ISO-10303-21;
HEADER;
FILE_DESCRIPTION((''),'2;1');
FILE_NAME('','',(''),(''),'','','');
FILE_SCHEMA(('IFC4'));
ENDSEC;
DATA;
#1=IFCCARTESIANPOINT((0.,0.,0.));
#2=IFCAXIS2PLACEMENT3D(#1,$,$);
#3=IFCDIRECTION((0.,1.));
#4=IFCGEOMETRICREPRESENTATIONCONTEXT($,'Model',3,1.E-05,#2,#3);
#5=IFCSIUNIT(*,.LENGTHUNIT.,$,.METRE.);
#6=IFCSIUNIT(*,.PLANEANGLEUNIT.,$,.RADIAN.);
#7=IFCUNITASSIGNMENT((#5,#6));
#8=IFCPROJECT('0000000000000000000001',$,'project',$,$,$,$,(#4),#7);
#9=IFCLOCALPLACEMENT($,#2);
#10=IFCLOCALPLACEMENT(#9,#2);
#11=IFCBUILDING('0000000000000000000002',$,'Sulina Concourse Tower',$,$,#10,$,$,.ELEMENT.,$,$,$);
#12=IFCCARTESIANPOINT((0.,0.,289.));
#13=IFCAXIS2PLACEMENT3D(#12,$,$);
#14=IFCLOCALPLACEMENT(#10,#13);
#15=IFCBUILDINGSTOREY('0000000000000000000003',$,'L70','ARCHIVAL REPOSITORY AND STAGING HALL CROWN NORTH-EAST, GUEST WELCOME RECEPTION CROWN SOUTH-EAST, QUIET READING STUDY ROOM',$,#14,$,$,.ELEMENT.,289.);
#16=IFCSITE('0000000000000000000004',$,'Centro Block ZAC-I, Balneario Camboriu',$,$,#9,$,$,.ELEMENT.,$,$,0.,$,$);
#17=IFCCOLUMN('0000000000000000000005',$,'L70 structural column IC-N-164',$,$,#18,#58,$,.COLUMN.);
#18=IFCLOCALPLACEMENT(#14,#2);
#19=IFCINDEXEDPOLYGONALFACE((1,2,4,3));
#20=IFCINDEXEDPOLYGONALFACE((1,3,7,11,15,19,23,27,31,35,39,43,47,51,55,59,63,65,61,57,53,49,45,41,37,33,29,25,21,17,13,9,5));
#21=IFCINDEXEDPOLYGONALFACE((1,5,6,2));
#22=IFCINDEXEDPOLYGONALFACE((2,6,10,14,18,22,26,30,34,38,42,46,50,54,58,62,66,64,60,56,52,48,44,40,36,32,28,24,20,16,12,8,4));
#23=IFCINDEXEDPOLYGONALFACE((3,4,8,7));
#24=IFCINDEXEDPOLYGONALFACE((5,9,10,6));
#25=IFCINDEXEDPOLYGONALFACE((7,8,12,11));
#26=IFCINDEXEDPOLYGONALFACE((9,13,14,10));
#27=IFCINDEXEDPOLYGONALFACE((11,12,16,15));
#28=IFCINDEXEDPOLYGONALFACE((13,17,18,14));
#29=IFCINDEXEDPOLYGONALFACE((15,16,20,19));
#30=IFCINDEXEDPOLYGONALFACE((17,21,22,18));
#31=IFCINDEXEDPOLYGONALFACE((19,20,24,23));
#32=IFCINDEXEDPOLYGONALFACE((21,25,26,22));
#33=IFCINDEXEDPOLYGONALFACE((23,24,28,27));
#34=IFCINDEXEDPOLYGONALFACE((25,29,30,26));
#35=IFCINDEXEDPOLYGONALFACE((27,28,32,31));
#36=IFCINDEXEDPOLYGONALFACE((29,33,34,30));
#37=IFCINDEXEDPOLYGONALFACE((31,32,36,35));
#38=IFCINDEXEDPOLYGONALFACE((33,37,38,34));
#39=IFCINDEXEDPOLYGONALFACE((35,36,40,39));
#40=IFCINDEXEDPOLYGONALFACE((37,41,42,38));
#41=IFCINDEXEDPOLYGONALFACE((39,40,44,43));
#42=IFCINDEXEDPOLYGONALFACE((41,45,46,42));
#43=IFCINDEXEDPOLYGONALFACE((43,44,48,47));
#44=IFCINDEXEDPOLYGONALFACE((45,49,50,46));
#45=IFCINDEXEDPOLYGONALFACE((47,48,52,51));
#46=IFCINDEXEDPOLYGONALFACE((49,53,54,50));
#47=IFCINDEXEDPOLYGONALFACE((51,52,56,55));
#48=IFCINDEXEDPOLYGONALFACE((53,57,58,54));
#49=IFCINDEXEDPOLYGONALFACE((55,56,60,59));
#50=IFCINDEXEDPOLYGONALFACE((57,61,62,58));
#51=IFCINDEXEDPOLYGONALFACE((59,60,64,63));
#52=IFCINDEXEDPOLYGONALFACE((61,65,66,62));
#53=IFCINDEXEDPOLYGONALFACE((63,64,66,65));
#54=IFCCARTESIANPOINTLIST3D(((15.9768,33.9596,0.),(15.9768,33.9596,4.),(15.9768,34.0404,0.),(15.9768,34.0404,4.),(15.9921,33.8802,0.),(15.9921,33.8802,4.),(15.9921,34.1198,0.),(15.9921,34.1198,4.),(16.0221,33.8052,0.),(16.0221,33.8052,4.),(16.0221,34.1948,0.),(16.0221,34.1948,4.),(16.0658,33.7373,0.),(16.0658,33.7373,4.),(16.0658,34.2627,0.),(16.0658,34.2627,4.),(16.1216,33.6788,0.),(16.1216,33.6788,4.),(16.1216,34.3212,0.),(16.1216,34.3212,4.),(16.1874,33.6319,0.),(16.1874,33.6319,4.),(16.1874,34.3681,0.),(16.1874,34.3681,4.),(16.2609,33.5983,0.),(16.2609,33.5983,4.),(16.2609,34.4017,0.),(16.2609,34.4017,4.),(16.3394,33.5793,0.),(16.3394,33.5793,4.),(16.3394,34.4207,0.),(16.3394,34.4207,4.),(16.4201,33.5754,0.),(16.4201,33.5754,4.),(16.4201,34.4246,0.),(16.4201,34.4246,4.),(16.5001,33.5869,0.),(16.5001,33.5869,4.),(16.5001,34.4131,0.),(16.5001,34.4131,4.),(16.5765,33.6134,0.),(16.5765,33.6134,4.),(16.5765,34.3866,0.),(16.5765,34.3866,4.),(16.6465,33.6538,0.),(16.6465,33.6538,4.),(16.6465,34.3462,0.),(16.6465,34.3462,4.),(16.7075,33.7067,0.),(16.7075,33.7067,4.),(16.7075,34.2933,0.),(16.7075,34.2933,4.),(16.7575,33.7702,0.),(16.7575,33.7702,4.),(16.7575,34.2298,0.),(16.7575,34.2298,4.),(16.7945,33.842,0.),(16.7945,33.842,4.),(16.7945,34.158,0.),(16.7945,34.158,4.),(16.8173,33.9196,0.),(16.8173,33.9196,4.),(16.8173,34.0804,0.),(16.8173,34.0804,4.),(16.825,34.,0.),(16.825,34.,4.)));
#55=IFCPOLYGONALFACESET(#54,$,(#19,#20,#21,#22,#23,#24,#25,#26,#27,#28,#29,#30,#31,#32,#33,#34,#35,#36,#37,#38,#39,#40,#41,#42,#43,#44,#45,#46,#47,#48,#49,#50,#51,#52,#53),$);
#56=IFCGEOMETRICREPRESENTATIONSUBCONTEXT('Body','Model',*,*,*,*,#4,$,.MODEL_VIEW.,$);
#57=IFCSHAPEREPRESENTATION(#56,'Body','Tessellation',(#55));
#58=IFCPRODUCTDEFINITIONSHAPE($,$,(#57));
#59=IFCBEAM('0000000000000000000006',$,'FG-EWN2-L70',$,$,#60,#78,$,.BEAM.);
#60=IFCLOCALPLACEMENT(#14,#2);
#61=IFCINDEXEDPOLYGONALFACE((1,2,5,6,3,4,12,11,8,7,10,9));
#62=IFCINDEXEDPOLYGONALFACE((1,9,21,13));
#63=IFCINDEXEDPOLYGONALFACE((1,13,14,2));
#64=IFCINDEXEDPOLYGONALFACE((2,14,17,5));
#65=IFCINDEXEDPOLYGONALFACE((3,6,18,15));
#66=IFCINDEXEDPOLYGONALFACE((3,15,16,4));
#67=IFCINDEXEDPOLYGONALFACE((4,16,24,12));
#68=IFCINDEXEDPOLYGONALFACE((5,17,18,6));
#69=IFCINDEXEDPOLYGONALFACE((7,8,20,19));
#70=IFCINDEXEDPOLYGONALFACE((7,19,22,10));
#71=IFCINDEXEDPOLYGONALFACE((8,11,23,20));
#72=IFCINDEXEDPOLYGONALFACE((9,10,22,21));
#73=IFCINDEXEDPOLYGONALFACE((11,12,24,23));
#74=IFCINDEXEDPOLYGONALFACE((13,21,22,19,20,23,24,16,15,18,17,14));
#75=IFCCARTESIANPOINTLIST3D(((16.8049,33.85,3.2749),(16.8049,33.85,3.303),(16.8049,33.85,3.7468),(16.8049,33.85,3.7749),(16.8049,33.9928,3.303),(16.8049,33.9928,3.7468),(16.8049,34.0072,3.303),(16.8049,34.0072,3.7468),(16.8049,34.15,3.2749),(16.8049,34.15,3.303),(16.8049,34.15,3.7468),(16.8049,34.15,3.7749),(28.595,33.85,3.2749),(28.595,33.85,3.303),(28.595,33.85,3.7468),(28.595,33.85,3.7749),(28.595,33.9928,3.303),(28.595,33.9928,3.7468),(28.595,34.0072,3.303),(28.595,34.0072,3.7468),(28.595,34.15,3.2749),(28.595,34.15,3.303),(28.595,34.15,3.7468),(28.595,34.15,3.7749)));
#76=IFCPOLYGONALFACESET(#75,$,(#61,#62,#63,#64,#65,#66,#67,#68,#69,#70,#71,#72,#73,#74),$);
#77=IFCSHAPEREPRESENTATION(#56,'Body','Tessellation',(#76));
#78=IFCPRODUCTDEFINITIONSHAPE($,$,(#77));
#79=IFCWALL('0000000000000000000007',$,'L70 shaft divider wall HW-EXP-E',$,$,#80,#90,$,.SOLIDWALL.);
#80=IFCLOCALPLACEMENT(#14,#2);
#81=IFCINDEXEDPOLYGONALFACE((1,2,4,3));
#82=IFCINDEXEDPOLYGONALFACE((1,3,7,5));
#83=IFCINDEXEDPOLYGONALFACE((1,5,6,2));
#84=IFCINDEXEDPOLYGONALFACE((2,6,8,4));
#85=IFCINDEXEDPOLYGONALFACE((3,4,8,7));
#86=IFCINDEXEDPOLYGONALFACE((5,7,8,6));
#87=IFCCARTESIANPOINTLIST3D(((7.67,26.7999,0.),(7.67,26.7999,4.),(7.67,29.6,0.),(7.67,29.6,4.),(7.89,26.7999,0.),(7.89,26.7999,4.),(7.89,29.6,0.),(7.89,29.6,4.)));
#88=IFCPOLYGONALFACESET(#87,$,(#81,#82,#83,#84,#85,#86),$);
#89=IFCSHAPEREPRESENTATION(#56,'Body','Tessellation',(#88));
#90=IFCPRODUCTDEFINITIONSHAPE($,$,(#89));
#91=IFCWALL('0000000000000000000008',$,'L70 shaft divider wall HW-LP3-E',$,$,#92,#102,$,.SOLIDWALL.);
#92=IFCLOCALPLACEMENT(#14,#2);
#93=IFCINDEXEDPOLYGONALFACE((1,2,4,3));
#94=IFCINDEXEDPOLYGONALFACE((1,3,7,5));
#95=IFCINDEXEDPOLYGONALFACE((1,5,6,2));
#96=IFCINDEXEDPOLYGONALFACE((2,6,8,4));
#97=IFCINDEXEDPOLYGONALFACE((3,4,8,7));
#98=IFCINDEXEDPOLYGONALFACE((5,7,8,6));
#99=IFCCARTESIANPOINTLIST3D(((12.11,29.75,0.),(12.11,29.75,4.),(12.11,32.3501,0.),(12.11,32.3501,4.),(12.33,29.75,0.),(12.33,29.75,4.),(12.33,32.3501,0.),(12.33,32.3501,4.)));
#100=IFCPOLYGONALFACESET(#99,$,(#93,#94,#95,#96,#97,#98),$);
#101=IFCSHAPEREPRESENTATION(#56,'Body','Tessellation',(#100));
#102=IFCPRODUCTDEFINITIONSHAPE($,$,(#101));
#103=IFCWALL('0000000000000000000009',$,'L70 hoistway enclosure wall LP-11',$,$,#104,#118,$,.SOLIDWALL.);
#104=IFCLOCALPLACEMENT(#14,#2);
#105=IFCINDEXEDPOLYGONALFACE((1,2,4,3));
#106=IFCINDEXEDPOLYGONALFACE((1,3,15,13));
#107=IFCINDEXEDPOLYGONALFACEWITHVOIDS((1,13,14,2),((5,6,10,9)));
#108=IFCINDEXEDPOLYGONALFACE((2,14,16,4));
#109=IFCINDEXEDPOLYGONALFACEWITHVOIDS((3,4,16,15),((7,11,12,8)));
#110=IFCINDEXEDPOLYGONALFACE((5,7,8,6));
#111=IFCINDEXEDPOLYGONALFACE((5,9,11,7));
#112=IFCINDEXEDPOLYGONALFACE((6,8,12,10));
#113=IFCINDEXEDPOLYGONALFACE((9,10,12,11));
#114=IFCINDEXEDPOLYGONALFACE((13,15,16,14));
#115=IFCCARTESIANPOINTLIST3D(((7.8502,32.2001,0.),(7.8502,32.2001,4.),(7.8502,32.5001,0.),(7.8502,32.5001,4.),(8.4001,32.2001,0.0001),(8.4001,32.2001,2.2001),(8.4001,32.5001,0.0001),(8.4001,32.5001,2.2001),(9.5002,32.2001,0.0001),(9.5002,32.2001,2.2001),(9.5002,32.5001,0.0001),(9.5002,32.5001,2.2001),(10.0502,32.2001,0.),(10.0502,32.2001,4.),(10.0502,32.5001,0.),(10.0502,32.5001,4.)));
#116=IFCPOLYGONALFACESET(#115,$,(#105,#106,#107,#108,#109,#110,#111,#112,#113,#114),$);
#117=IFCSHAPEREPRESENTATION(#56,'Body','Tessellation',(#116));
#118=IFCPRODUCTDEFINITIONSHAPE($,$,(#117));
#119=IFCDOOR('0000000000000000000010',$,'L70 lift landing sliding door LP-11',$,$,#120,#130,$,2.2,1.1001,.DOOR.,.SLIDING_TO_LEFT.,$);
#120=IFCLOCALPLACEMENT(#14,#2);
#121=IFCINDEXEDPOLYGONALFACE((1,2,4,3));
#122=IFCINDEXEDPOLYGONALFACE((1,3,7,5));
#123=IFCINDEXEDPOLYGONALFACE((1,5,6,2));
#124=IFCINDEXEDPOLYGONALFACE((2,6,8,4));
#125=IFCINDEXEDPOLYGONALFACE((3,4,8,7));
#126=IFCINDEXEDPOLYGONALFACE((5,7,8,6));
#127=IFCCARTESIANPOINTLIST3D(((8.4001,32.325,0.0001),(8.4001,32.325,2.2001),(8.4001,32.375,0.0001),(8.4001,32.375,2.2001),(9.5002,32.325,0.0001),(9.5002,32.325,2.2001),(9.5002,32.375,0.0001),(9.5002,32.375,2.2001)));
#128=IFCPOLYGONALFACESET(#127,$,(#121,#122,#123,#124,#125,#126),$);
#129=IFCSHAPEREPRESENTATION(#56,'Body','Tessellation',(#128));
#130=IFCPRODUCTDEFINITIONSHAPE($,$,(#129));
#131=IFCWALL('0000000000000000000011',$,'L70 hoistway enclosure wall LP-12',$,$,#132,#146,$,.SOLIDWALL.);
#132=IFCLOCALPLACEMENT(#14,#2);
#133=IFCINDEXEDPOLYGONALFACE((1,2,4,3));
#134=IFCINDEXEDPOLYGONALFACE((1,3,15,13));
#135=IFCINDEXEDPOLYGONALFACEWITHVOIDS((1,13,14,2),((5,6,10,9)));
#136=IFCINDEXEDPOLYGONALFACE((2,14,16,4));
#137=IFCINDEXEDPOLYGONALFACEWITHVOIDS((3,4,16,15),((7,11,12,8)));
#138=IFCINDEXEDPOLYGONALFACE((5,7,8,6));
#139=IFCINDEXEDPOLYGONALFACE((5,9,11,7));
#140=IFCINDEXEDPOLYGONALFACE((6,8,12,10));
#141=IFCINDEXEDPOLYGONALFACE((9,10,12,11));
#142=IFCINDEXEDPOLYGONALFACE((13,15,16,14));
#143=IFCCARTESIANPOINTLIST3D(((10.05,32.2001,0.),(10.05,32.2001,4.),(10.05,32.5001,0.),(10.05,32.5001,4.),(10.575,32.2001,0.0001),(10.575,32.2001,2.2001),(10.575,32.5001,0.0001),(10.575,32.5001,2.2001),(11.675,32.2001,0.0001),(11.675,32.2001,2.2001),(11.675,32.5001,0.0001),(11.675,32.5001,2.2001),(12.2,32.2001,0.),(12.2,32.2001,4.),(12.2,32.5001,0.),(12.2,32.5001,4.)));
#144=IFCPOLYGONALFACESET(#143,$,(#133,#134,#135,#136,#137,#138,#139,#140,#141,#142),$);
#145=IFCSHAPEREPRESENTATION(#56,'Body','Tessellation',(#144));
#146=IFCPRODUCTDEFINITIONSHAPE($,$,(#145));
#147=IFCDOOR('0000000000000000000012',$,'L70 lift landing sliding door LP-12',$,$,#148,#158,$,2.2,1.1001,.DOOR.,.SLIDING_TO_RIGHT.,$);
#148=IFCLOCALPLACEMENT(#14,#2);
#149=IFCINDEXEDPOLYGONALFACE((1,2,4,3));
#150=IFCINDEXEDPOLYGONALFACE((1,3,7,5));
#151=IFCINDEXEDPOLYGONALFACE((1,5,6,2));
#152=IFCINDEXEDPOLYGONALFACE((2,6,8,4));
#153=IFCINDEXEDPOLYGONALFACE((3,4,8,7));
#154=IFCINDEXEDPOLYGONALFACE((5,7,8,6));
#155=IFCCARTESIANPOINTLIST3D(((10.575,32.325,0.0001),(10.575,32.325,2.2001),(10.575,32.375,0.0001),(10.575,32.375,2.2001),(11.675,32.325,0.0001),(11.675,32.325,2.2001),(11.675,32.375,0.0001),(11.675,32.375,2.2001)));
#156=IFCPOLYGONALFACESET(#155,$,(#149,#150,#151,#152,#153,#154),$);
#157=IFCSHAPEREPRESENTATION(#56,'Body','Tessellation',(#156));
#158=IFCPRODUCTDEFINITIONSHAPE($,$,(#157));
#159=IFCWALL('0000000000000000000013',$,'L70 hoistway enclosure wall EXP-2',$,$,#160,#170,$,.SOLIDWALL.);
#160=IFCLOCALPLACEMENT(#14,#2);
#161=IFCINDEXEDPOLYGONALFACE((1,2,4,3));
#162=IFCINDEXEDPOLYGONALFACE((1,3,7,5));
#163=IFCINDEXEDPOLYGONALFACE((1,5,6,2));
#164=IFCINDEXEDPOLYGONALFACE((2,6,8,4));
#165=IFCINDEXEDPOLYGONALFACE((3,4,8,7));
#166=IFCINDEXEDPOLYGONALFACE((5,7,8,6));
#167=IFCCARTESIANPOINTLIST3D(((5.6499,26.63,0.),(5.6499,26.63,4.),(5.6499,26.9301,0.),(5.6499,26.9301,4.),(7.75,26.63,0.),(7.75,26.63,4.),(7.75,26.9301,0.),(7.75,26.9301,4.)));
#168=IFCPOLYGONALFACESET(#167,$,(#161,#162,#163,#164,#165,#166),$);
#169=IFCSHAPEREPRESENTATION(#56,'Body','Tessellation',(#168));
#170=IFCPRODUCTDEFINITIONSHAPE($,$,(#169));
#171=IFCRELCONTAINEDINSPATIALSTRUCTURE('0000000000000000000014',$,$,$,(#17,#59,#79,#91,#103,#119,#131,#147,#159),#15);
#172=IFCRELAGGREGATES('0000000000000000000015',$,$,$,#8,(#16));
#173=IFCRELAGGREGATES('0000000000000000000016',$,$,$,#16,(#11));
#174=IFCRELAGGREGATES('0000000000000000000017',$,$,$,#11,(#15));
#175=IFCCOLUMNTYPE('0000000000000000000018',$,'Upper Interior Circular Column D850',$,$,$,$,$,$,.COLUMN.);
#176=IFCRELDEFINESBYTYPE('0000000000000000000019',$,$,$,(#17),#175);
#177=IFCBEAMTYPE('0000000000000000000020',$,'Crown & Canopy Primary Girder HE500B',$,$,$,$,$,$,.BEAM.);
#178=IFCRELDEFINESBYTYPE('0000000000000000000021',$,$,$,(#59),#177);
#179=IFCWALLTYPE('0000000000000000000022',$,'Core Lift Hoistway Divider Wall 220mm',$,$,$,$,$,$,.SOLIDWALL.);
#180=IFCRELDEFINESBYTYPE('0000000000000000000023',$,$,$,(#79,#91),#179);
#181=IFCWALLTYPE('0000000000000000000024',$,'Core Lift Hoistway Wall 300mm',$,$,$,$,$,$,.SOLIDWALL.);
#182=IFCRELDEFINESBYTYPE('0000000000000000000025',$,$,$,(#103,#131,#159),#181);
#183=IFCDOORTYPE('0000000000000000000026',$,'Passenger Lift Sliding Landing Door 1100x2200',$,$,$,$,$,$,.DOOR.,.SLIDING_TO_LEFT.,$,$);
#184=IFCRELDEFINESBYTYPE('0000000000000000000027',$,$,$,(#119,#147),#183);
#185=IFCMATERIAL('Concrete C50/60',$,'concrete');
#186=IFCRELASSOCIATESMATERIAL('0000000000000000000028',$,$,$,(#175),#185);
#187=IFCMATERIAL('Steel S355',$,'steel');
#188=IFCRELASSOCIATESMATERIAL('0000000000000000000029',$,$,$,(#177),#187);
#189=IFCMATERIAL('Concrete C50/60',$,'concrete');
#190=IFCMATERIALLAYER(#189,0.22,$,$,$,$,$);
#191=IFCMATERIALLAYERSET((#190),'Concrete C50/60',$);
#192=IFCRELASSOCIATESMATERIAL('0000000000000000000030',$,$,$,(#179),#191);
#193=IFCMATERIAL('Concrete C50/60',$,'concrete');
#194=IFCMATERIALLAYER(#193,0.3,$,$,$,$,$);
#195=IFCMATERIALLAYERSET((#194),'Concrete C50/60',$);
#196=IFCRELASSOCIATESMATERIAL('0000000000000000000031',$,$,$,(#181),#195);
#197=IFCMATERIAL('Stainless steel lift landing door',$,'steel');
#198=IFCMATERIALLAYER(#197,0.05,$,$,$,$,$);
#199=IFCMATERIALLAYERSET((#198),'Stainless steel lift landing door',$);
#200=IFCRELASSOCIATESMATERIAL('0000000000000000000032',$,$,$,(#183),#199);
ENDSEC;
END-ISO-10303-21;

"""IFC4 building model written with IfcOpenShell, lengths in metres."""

from ifc_helpers import new_model, si_unit, direction, frame, frame_2d, origin, origin_2d, place, context, subcontext, project, spatial, rectangle, circle, i_section, extrude, material, layer, layer_set, material_profile, profile_set, type_object, element, fill, save


model = new_model("IFC4")

# Units and contexts
model_context = context("Model", 3, precision=1e-05, world=origin(), true_north=direction((0.0, 1.0)))
body_context = subcontext(model_context, "Body", "Model", "MODEL_VIEW")
ifc_project = project(units=[si_unit("LENGTHUNIT", "METRE"), si_unit("PLANEANGLEUNIT", "RADIAN")], contexts=[model_context])

# Site, building, storey
site_placement = place(None, origin())
site = spatial("IfcSite", under=ifc_project, at=site_placement, Name="Centro Block ZAC-I, Balneario Camboriu", CompositionType="ELEMENT", RefElevation=0.0)
building_placement = place(site_placement, origin())
building = spatial("IfcBuilding", under=site, at=building_placement, Name="Sulina Concourse Tower", CompositionType="ELEMENT")
storey_placement = place(building_placement, frame((0.0, 0.0, 289.0)))
storey = spatial("IfcBuildingStorey", under=building, at=storey_placement, Name="L70", Description="ARCHIVAL REPOSITORY AND STAGING HALL CROWN NORTH-EAST, GUEST WELCOME RECEPTION CROWN SOUTH-EAST, QUIET READING STUDY ROOM", CompositionType="ELEMENT", Elevation=289.0)

# Column
ifc_material_1 = material(Name="Concrete C50/60", Category="concrete")
ifc_material_profile_1 = material_profile(ifc_material_1, circle(Radius=0.425, at=origin_2d()), Name="RC D850")
ifc_profile_set_1 = profile_set([ifc_material_profile_1], Name="Concrete C50/60")
column_type = type_object("IfcColumnType", Name="Upper Interior Circular Column D850", PredefinedType="COLUMN", material=ifc_profile_set_1)
column_placement = place(storey_placement, frame((16.3999, 34.0, 0.0), z_axis=(0.0, 0.0, 1.0), x_axis=(1.0, 0.0, 0.0)))
element("IfcColumn", 1, at=column_placement, inside=storey, type_object=column_type, Name="L70 structural column IC-N-164", PredefinedType="COLUMN", context=body_context, shape_type="SweptSolid", body=[
    extrude(circle(Radius=0.425, at=origin_2d()), origin(), (0.0, 0.0, 1.0), 4.0),
])

# Beam
ifc_material_2 = material(Name="Steel S355", Category="steel")
ifc_material_profile_2 = material_profile(ifc_material_2, i_section(OverallWidth=0.3, OverallDepth=0.5, WebThickness=0.0144, FlangeThickness=0.0281, at=origin_2d()), Name="HE 500 B")
ifc_profile_set_2 = profile_set([ifc_material_profile_2], Name="Steel S355")
beam_type = type_object("IfcBeamType", Name="Crown & Canopy Primary Girder HE500B", PredefinedType="BEAM", material=ifc_profile_set_2)
beam_placement = place(storey_placement, frame((16.8049, 34.0, 3.5249), z_axis=(1.0, 0.0, 0.0), x_axis=(0.0, 1.0, 0.0)))
element("IfcBeam", 2, at=beam_placement, inside=storey, type_object=beam_type, Name="FG-EWN2-L70", PredefinedType="BEAM", context=body_context, shape_type="SweptSolid", body=[
    extrude(i_section(OverallWidth=0.3, OverallDepth=0.5, WebThickness=0.0144, FlangeThickness=0.0281, at=origin_2d()), origin(), (0.0, 0.0, 1.0), 11.79),
])

# Walls
ifc_material_3 = material(Name="Concrete C50/60", Category="concrete")
ifc_layer_1 = layer(ifc_material_3, 0.22)
ifc_layer_set_1 = layer_set([ifc_layer_1], Name="Concrete C50/60")
wall_type_1 = type_object("IfcWallType", Name="Core Lift Hoistway Divider Wall 220mm", PredefinedType="SOLIDWALL", material=ifc_layer_set_1)
wall_1_placement = place(storey_placement, frame((7.78, 26.8, 0.0), z_axis=(0.0, 0.0, 1.0), x_axis=(0.0, 1.0, 0.0)))
element("IfcWall", 3, at=wall_1_placement, inside=storey, type_object=wall_type_1, Name="L70 shaft divider wall HW-EXP-E", PredefinedType="SOLIDWALL", context=body_context, shape_type="SweptSolid", body=[
    extrude(rectangle(XDim=2.8, YDim=0.22, at=frame_2d((1.3999, 0.0))), origin(), (0.0, 0.0, 1.0), 4.0),
])
wall_2_placement = place(storey_placement, frame((12.22, 29.75, 0.0), z_axis=(0.0, 0.0, 1.0), x_axis=(0.0, 1.0, 0.0)))
element("IfcWall", 4, at=wall_2_placement, inside=storey, type_object=wall_type_1, Name="L70 shaft divider wall HW-LP3-E", PredefinedType="SOLIDWALL", context=body_context, shape_type="SweptSolid", body=[
    extrude(rectangle(XDim=2.6001, YDim=0.22, at=frame_2d((1.3, 0.0))), origin(), (0.0, 0.0, 1.0), 4.0),
])

# Walls, openings, doors
ifc_material_4 = material(Name="Concrete C50/60", Category="concrete")
ifc_layer_2 = layer(ifc_material_4, 0.3)
ifc_layer_set_2 = layer_set([ifc_layer_2], Name="Concrete C50/60")
wall_type_2 = type_object("IfcWallType", Name="Core Lift Hoistway Wall 300mm", PredefinedType="SOLIDWALL", material=ifc_layer_set_2)
wall_3_placement = place(storey_placement, frame((7.8501, 32.3501, 0.0), z_axis=(0.0, 0.0, 1.0), x_axis=(1.0, 0.0, 0.0)))
wall_3 = element("IfcWall", 5, at=wall_3_placement, inside=storey, type_object=wall_type_2, Name="L70 hoistway enclosure wall LP-11", PredefinedType="SOLIDWALL", context=body_context, shape_type="SweptSolid", body=[
    extrude(rectangle(XDim=2.2, YDim=0.3, at=frame_2d((1.1001, 0.0))), origin(), (0.0, 0.0, 1.0), 4.0),
])
opening_1_placement = place(wall_3_placement, frame((0.55, 0.0, 0.0)))
opening_1 = element("IfcOpeningElement", 6, at=opening_1_placement, cuts=wall_3, PredefinedType="OPENING", context=body_context, shape_type="SweptSolid", body=[
    extrude(rectangle(XDim=1.1001, YDim=2.2, at=frame_2d((0.55, 1.1001))), frame((0.0, 0.1599, 0.0), z_axis=(0.0, -1.0, 0.0), x_axis=(1.0, 0.0, 0.0)), (0.0, 0.0, 1.0), 0.3201),
])
ifc_material_5 = material(Name="Stainless steel lift landing door", Category="steel")
ifc_layer_3 = layer(ifc_material_5, 0.05)
ifc_layer_set_3 = layer_set([ifc_layer_3], Name="Stainless steel lift landing door")
door_type_1 = type_object("IfcDoorType", Name="Passenger Lift Sliding Landing Door 1100x2200", OperationType="SLIDING_TO_LEFT", PredefinedType="DOOR", material=ifc_layer_set_3)
door_1_placement = place(opening_1_placement, origin())
door_1 = element("IfcDoor", 7, at=door_1_placement, inside=storey, type_object=door_type_1, Name="L70 lift landing sliding door LP-11", OperationType="SLIDING_TO_LEFT", OverallHeight=2.2, OverallWidth=1.1001, PredefinedType="DOOR", context=body_context, shape_type="SweptSolid", body=[
    extrude(rectangle(XDim=1.1001, YDim=2.2, at=frame_2d((0.55, 1.1001))), frame((0.0, 0.0249, 0.0), z_axis=(0.0, -1.0, 0.0), x_axis=(1.0, 0.0, 0.0)), (0.0, 0.0, 1.0), 0.05),
])
fill(opening_1, door_1)
wall_4_placement = place(storey_placement, frame((10.05, 32.3501, 0.0), z_axis=(0.0, 0.0, 1.0), x_axis=(1.0, 0.0, 0.0)))
wall_4 = element("IfcWall", 8, at=wall_4_placement, inside=storey, type_object=wall_type_2, Name="L70 hoistway enclosure wall LP-12", PredefinedType="SOLIDWALL", context=body_context, shape_type="SweptSolid", body=[
    extrude(rectangle(XDim=2.1499, YDim=0.3, at=frame_2d((1.075, 0.0))), origin(), (0.0, 0.0, 1.0), 4.0),
])
opening_2_placement = place(wall_4_placement, frame((0.5249, 0.0, 0.0)))
opening_2 = element("IfcOpeningElement", 9, at=opening_2_placement, cuts=wall_4, PredefinedType="OPENING", context=body_context, shape_type="SweptSolid", body=[
    extrude(rectangle(XDim=1.1001, YDim=2.2, at=frame_2d((0.55, 1.1001))), frame((0.0, 0.1599, 0.0), z_axis=(0.0, -1.0, 0.0), x_axis=(1.0, 0.0, 0.0)), (0.0, 0.0, 1.0), 0.3201),
])
door_2_placement = place(opening_2_placement, origin())
door_2 = element("IfcDoor", 10, at=door_2_placement, inside=storey, type_object=door_type_1, Name="L70 lift landing sliding door LP-12", OperationType="SLIDING_TO_RIGHT", OverallHeight=2.2, OverallWidth=1.1001, PredefinedType="DOOR", context=body_context, shape_type="SweptSolid", body=[
    extrude(rectangle(XDim=1.1001, YDim=2.2, at=frame_2d((0.55, 1.1001))), frame((0.0, 0.0249, 0.0), z_axis=(0.0, -1.0, 0.0), x_axis=(1.0, 0.0, 0.0)), (0.0, 0.0, 1.0), 0.05),
])
fill(opening_2, door_2)

# Wall
wall_5_placement = place(storey_placement, frame((7.75, 26.78, 0.0), z_axis=(0.0, 0.0, 1.0), x_axis=(-1.0, 0.0, 0.0)))
element("IfcWall", 11, at=wall_5_placement, inside=storey, type_object=wall_type_2, Name="L70 hoistway enclosure wall EXP-2", PredefinedType="SOLIDWALL", context=body_context, shape_type="SweptSolid", body=[
    extrude(rectangle(XDim=2.1001, YDim=0.3, at=frame_2d((1.05, 0.0))), origin(), (0.0, 0.0, 1.0), 4.0),
])

save(model, "model.ifc")
